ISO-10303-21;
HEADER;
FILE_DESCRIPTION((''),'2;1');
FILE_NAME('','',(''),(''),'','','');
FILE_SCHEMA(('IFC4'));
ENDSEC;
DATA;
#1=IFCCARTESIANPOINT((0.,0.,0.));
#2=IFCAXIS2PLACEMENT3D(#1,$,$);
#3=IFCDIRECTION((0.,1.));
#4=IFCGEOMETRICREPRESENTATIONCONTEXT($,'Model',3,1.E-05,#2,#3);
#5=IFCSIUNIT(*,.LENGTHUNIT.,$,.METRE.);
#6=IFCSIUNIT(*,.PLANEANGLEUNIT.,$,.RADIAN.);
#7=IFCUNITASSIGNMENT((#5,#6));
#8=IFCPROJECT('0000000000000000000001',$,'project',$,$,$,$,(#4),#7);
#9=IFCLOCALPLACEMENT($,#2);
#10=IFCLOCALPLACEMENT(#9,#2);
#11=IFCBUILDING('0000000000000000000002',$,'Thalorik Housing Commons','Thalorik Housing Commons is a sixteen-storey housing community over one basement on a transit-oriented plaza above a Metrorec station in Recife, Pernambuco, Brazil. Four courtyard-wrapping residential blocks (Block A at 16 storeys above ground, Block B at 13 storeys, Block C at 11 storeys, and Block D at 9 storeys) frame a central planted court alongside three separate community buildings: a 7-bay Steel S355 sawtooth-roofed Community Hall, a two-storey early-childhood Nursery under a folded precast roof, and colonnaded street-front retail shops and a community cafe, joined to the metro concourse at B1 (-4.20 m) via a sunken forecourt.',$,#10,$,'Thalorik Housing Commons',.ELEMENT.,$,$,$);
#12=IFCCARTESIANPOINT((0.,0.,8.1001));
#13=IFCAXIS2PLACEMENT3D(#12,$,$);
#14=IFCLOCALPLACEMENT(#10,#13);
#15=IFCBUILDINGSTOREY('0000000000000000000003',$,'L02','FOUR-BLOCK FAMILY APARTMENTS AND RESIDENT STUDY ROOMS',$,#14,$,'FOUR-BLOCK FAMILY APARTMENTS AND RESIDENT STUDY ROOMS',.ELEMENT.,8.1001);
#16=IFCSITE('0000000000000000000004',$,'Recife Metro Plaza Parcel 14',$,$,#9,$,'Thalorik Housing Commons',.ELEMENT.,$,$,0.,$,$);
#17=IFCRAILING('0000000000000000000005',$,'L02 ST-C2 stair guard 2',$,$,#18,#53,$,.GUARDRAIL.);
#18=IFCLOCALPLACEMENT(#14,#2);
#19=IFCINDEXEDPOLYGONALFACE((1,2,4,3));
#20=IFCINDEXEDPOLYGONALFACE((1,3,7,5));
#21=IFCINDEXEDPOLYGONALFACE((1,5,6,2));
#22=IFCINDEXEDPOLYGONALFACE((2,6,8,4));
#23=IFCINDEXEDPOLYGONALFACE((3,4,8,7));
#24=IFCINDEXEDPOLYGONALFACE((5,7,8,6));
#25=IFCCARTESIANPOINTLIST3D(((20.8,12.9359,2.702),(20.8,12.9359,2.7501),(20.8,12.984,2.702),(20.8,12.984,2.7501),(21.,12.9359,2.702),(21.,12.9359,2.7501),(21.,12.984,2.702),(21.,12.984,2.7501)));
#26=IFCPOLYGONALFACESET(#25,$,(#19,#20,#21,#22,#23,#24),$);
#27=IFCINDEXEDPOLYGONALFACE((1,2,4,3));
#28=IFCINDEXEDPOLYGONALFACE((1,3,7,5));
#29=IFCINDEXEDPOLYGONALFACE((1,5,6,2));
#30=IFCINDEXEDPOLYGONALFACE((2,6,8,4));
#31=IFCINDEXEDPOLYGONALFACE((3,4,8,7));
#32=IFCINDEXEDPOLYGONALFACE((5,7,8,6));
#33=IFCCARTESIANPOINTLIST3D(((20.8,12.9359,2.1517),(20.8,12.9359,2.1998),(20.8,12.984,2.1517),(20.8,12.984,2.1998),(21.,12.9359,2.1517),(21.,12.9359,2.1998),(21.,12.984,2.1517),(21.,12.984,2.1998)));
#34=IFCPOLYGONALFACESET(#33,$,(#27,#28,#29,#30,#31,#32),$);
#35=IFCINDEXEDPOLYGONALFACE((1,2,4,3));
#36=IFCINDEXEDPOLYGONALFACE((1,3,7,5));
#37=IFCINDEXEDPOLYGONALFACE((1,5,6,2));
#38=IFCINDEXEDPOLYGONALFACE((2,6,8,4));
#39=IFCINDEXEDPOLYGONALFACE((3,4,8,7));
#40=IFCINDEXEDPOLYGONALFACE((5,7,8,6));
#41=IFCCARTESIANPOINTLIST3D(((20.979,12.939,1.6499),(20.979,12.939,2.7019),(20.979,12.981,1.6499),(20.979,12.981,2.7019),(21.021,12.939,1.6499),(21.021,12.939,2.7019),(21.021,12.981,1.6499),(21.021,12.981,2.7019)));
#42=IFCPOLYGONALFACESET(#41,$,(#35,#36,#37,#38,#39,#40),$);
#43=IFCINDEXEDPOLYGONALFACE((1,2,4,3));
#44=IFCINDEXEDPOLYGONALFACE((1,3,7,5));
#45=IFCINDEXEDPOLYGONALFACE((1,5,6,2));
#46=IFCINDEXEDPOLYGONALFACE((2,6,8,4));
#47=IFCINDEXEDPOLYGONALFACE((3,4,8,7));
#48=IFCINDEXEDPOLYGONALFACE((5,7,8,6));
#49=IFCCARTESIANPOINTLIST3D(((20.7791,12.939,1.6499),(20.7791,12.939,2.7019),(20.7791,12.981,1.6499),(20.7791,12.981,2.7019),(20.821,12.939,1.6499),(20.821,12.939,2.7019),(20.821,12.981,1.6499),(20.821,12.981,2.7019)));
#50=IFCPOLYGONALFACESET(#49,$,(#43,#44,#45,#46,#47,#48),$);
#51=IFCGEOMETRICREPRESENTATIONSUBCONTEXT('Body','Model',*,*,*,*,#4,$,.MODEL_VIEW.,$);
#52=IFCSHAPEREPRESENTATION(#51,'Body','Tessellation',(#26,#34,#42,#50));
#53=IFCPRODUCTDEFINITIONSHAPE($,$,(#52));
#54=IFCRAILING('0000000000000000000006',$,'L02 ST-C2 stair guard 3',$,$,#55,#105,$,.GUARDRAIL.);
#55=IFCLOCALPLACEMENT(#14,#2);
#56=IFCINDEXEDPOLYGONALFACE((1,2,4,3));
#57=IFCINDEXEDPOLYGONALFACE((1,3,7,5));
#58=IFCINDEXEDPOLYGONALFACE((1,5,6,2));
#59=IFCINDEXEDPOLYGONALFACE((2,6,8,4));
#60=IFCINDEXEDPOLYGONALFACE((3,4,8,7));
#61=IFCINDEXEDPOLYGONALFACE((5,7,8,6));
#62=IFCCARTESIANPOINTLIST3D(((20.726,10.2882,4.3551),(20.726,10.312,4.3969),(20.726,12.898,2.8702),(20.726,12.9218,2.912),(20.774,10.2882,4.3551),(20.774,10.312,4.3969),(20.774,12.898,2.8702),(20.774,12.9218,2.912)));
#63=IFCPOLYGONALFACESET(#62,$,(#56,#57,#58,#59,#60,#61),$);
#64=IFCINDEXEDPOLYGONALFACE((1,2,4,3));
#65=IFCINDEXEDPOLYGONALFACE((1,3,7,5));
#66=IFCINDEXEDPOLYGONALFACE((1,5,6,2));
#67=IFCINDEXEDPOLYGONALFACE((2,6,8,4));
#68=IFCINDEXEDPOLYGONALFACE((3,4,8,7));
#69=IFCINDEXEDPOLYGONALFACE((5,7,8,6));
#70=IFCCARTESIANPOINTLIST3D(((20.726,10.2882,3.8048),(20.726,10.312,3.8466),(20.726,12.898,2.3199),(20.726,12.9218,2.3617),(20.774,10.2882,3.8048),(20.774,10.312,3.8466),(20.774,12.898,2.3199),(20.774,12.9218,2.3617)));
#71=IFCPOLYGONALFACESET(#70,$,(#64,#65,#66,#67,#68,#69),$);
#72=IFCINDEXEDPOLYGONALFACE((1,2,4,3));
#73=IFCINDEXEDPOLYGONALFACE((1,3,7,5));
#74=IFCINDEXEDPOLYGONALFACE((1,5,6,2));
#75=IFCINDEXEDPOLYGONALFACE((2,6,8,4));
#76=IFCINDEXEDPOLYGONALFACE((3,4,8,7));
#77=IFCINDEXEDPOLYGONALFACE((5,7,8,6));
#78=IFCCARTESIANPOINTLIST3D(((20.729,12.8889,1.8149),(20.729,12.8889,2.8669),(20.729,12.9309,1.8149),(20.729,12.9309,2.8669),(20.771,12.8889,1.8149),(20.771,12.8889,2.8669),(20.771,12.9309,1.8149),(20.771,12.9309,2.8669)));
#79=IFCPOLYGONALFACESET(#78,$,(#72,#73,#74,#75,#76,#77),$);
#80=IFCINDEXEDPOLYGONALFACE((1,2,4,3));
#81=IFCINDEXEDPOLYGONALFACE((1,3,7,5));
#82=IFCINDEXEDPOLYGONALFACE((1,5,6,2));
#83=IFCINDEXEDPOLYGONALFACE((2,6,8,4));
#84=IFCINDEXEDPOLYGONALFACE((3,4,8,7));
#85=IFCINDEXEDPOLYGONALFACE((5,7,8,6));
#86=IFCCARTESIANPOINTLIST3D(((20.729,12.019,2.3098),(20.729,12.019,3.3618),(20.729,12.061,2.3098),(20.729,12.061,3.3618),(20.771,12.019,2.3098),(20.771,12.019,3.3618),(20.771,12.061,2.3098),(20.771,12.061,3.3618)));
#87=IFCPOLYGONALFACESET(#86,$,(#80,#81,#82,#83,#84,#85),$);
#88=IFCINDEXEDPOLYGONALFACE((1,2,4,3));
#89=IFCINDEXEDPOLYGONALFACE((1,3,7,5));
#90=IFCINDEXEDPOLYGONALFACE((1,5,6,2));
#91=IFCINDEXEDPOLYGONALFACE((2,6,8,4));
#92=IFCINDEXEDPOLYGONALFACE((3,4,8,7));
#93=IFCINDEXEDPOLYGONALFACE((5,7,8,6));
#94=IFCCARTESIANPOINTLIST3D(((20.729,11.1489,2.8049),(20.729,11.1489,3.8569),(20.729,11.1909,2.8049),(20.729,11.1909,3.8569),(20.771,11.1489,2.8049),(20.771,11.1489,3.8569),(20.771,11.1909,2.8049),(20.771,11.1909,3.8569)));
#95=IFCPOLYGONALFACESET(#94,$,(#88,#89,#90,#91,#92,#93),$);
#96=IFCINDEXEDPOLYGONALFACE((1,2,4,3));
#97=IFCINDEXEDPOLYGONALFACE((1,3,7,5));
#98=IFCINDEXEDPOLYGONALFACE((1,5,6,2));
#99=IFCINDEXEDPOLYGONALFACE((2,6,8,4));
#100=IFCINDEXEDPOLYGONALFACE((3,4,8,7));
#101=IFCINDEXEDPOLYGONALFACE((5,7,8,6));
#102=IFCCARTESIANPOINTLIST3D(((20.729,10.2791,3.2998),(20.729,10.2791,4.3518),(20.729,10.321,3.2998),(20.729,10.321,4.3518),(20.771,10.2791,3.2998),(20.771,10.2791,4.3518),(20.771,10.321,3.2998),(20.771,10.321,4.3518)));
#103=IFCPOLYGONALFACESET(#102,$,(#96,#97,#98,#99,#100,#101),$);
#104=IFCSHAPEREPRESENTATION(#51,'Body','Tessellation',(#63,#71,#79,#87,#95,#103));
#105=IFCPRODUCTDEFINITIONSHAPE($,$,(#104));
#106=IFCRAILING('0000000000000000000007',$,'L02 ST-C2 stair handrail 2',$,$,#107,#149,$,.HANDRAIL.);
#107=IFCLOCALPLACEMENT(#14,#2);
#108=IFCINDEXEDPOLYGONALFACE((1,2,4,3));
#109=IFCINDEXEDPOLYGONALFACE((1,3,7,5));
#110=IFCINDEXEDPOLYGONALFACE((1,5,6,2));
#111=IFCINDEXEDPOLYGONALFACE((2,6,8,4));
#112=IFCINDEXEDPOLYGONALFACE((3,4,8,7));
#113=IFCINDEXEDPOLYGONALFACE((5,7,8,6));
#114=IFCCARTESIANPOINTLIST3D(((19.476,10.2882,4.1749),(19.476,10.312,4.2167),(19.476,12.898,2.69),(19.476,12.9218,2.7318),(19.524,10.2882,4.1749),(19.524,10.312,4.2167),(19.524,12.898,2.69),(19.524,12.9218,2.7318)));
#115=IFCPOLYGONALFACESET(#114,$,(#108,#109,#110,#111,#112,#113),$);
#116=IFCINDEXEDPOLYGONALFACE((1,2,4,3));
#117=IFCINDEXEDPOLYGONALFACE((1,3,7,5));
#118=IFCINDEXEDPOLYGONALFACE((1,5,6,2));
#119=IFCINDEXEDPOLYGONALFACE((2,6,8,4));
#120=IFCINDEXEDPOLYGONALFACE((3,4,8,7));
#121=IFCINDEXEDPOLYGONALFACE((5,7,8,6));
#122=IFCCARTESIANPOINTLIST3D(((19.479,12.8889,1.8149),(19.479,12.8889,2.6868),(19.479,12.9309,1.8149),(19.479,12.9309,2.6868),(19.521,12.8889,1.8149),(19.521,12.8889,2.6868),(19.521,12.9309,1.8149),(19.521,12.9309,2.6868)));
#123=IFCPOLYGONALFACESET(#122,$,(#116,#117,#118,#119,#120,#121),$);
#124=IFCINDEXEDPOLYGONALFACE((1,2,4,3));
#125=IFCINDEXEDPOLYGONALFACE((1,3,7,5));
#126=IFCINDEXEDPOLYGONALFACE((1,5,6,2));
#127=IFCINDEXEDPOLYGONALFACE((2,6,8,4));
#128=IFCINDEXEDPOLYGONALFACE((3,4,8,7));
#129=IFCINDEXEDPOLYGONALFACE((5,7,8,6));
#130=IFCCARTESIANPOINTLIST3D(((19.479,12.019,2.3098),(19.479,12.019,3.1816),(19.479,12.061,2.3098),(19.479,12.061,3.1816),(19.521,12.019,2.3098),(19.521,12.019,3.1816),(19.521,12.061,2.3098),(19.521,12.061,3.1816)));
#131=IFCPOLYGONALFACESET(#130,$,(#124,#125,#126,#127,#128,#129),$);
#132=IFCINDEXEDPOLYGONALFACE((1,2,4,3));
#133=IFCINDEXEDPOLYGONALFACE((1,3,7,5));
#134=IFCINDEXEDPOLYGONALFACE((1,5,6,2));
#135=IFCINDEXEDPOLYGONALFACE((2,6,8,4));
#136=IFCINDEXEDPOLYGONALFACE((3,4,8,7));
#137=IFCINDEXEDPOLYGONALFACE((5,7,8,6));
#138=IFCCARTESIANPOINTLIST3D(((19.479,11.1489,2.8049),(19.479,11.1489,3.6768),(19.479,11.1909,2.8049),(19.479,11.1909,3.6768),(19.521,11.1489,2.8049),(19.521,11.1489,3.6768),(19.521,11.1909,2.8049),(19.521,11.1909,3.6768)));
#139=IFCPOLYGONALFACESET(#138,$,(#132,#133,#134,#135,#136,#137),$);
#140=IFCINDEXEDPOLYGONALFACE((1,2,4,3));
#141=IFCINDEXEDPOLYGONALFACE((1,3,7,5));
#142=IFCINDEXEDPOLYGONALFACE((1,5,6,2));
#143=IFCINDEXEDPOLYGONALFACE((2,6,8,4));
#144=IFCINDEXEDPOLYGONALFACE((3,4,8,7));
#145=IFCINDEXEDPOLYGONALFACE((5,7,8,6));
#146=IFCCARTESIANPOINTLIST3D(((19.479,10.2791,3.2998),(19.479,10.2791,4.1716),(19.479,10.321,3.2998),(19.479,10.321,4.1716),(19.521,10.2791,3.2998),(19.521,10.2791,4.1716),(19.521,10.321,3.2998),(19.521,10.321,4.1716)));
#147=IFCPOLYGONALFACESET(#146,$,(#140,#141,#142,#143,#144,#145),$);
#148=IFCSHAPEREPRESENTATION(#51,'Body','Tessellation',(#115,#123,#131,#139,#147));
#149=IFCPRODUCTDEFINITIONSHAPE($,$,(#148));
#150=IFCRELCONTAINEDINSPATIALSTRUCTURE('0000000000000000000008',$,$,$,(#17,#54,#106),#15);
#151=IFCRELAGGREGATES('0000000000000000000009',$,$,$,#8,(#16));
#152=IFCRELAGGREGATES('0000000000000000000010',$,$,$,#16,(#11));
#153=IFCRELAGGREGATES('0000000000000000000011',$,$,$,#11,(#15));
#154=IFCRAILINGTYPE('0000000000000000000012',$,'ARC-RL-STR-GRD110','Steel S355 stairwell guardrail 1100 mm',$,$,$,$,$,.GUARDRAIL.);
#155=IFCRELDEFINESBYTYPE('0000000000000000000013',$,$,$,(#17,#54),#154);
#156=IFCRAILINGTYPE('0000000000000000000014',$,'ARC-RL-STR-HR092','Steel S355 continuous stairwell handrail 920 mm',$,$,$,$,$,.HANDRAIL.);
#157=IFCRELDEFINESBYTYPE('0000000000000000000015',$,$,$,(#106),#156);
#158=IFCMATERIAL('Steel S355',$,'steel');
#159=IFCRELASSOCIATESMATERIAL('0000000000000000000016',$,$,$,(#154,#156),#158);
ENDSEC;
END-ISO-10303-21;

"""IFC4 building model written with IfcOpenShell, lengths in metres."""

from ifc_helpers import new_model, si_unit, direction, frame, origin, origin_2d, place, context, subcontext, project, spatial, rectangle, extrude, material, type_object, element, save


model = new_model("IFC4")

# Units and contexts
model_context = context("Model", 3, precision=1e-05, world=origin(), true_north=direction((0.0, 1.0)))
body_context = subcontext(model_context, "Body", "Model", "MODEL_VIEW")
ifc_project = project(units=[si_unit("LENGTHUNIT", "METRE"), si_unit("PLANEANGLEUNIT", "RADIAN")], contexts=[model_context])

# Site, building, storey
site_placement = place(None, origin())
site = spatial("IfcSite", under=ifc_project, at=site_placement, Name="Recife Metro Plaza Parcel 14", LongName="Thalorik Housing Commons", CompositionType="ELEMENT", RefElevation=0.0)
building_placement = place(site_placement, origin())
building = spatial("IfcBuilding", under=site, at=building_placement, Name="Thalorik Housing Commons", Description="Thalorik Housing Commons is a sixteen-storey housing community over one basement on a transit-oriented plaza above a Metrorec station in Recife, Pernambuco, Brazil. Four courtyard-wrapping residential blocks (Block A at 16 storeys above ground, Block B at 13 storeys, Block C at 11 storeys, and Block D at 9 storeys) frame a central planted court alongside three separate community buildings: a 7-bay Steel S355 sawtooth-roofed Community Hall, a two-storey early-childhood Nursery under a folded precast roof, and colonnaded street-front retail shops and a community cafe, joined to the metro concourse at B1 (-4.20 m) via a sunken forecourt.", LongName="Thalorik Housing Commons", CompositionType="ELEMENT")
storey_placement = place(building_placement, frame((0.0, 0.0, 8.1001)))
storey = spatial("IfcBuildingStorey", under=building, at=storey_placement, Name="L02", Description="FOUR-BLOCK FAMILY APARTMENTS AND RESIDENT STUDY ROOMS", LongName="FOUR-BLOCK FAMILY APARTMENTS AND RESIDENT STUDY ROOMS", CompositionType="ELEMENT", Elevation=8.1001)

# Shared definitions
ifc_material_1 = material(Name="Steel S355", Category="steel")

# Railings
railing_type_1 = type_object("IfcRailingType", Name="ARC-RL-STR-GRD110", Description="Steel S355 stairwell guardrail 1100 mm", PredefinedType="GUARDRAIL", material=ifc_material_1)
railing_1_placement = place(storey_placement, frame((21.0, 12.96, 1.6499)))
element("IfcRailing", 1, at=railing_1_placement, inside=storey, type_object=railing_type_1, Name="L02 ST-C2 stair guard 2", PredefinedType="GUARDRAIL", context=body_context, shape_type="SweptSolid", body=[
    extrude(rectangle(XDim=0.0481, YDim=0.0481, at=origin_2d()), frame((0.0, 0.0, 1.0762), z_axis=(-1.0, 0.0, 0.0), x_axis=(0.0, -1.0, 0.0)), (0.0, 0.0, 1.0), 0.2),
    extrude(rectangle(XDim=0.0481, YDim=0.0481, at=origin_2d()), frame((0.0, 0.0, 0.5259), z_axis=(-1.0, 0.0, 0.0), x_axis=(0.0, -1.0, 0.0)), (0.0, 0.0, 1.0), 0.2),
    extrude(rectangle(XDim=0.042, YDim=0.042, at=origin_2d()), origin(), (0.0, 0.0, 1.0), 1.052),
    extrude(rectangle(XDim=0.042, YDim=0.042, at=origin_2d()), frame((-0.2, 0.0, 0.0)), (0.0, 0.0, 1.0), 1.052),
])
railing_2_placement = place(storey_placement, frame((20.75, 12.9099, 1.8149)))
element("IfcRailing", 2, at=railing_2_placement, inside=storey, type_object=railing_type_1, Name="L02 ST-C2 stair guard 3", PredefinedType="GUARDRAIL", context=body_context, shape_type="SweptSolid", body=[
    extrude(rectangle(XDim=0.0481, YDim=0.0481, at=origin_2d()), frame((0.0, 0.0, 1.0762), z_axis=(0.0, -0.869172, 0.494509), x_axis=(1.0, 0.0, 0.0)), (0.0, 0.0, 1.0), 3.0027),
    extrude(rectangle(XDim=0.0481, YDim=0.0481, at=origin_2d()), frame((0.0, 0.0, 0.5259), z_axis=(0.0, -0.869172, 0.494509), x_axis=(1.0, 0.0, 0.0)), (0.0, 0.0, 1.0), 3.0027),
    extrude(rectangle(XDim=0.042, YDim=0.042, at=origin_2d()), origin(), (0.0, 0.0, 1.0), 1.052),
    extrude(rectangle(XDim=0.042, YDim=0.042, at=origin_2d()), frame((0.0, -0.8699, 0.4949)), (0.0, 0.0, 1.0), 1.052),
    extrude(rectangle(XDim=0.042, YDim=0.042, at=origin_2d()), frame((0.0, -1.74, 0.99)), (0.0, 0.0, 1.0), 1.052),
    extrude(rectangle(XDim=0.042, YDim=0.042, at=origin_2d()), frame((0.0, -2.6099, 1.4849)), (0.0, 0.0, 1.0), 1.052),
])
railing_type_2 = type_object("IfcRailingType", Name="ARC-RL-STR-HR092", Description="Steel S355 continuous stairwell handrail 920 mm", PredefinedType="HANDRAIL", material=ifc_material_1)
railing_3_placement = place(storey_placement, frame((19.5, 12.9099, 1.8149)))
element("IfcRailing", 3, at=railing_3_placement, inside=storey, type_object=railing_type_2, Name="L02 ST-C2 stair handrail 2", PredefinedType="HANDRAIL", context=body_context, shape_type="SweptSolid", body=[
    extrude(rectangle(XDim=0.0481, YDim=0.0481, at=origin_2d()), frame((0.0, 0.0, 0.896), z_axis=(0.0, -0.869172, 0.494509), x_axis=(1.0, 0.0, 0.0)), (0.0, 0.0, 1.0), 3.0027),
    extrude(rectangle(XDim=0.042, YDim=0.042, at=origin_2d()), origin(), (0.0, 0.0, 1.0), 0.8718),
    extrude(rectangle(XDim=0.042, YDim=0.042, at=origin_2d()), frame((0.0, -0.8699, 0.4949)), (0.0, 0.0, 1.0), 0.8718),
    extrude(rectangle(XDim=0.042, YDim=0.042, at=origin_2d()), frame((0.0, -1.74, 0.99)), (0.0, 0.0, 1.0), 0.8718),
    extrude(rectangle(XDim=0.042, YDim=0.042, at=origin_2d()), frame((0.0, -2.6099, 1.4849)), (0.0, 0.0, 1.0), 0.8718),
])

save(model, "model.ifc")
